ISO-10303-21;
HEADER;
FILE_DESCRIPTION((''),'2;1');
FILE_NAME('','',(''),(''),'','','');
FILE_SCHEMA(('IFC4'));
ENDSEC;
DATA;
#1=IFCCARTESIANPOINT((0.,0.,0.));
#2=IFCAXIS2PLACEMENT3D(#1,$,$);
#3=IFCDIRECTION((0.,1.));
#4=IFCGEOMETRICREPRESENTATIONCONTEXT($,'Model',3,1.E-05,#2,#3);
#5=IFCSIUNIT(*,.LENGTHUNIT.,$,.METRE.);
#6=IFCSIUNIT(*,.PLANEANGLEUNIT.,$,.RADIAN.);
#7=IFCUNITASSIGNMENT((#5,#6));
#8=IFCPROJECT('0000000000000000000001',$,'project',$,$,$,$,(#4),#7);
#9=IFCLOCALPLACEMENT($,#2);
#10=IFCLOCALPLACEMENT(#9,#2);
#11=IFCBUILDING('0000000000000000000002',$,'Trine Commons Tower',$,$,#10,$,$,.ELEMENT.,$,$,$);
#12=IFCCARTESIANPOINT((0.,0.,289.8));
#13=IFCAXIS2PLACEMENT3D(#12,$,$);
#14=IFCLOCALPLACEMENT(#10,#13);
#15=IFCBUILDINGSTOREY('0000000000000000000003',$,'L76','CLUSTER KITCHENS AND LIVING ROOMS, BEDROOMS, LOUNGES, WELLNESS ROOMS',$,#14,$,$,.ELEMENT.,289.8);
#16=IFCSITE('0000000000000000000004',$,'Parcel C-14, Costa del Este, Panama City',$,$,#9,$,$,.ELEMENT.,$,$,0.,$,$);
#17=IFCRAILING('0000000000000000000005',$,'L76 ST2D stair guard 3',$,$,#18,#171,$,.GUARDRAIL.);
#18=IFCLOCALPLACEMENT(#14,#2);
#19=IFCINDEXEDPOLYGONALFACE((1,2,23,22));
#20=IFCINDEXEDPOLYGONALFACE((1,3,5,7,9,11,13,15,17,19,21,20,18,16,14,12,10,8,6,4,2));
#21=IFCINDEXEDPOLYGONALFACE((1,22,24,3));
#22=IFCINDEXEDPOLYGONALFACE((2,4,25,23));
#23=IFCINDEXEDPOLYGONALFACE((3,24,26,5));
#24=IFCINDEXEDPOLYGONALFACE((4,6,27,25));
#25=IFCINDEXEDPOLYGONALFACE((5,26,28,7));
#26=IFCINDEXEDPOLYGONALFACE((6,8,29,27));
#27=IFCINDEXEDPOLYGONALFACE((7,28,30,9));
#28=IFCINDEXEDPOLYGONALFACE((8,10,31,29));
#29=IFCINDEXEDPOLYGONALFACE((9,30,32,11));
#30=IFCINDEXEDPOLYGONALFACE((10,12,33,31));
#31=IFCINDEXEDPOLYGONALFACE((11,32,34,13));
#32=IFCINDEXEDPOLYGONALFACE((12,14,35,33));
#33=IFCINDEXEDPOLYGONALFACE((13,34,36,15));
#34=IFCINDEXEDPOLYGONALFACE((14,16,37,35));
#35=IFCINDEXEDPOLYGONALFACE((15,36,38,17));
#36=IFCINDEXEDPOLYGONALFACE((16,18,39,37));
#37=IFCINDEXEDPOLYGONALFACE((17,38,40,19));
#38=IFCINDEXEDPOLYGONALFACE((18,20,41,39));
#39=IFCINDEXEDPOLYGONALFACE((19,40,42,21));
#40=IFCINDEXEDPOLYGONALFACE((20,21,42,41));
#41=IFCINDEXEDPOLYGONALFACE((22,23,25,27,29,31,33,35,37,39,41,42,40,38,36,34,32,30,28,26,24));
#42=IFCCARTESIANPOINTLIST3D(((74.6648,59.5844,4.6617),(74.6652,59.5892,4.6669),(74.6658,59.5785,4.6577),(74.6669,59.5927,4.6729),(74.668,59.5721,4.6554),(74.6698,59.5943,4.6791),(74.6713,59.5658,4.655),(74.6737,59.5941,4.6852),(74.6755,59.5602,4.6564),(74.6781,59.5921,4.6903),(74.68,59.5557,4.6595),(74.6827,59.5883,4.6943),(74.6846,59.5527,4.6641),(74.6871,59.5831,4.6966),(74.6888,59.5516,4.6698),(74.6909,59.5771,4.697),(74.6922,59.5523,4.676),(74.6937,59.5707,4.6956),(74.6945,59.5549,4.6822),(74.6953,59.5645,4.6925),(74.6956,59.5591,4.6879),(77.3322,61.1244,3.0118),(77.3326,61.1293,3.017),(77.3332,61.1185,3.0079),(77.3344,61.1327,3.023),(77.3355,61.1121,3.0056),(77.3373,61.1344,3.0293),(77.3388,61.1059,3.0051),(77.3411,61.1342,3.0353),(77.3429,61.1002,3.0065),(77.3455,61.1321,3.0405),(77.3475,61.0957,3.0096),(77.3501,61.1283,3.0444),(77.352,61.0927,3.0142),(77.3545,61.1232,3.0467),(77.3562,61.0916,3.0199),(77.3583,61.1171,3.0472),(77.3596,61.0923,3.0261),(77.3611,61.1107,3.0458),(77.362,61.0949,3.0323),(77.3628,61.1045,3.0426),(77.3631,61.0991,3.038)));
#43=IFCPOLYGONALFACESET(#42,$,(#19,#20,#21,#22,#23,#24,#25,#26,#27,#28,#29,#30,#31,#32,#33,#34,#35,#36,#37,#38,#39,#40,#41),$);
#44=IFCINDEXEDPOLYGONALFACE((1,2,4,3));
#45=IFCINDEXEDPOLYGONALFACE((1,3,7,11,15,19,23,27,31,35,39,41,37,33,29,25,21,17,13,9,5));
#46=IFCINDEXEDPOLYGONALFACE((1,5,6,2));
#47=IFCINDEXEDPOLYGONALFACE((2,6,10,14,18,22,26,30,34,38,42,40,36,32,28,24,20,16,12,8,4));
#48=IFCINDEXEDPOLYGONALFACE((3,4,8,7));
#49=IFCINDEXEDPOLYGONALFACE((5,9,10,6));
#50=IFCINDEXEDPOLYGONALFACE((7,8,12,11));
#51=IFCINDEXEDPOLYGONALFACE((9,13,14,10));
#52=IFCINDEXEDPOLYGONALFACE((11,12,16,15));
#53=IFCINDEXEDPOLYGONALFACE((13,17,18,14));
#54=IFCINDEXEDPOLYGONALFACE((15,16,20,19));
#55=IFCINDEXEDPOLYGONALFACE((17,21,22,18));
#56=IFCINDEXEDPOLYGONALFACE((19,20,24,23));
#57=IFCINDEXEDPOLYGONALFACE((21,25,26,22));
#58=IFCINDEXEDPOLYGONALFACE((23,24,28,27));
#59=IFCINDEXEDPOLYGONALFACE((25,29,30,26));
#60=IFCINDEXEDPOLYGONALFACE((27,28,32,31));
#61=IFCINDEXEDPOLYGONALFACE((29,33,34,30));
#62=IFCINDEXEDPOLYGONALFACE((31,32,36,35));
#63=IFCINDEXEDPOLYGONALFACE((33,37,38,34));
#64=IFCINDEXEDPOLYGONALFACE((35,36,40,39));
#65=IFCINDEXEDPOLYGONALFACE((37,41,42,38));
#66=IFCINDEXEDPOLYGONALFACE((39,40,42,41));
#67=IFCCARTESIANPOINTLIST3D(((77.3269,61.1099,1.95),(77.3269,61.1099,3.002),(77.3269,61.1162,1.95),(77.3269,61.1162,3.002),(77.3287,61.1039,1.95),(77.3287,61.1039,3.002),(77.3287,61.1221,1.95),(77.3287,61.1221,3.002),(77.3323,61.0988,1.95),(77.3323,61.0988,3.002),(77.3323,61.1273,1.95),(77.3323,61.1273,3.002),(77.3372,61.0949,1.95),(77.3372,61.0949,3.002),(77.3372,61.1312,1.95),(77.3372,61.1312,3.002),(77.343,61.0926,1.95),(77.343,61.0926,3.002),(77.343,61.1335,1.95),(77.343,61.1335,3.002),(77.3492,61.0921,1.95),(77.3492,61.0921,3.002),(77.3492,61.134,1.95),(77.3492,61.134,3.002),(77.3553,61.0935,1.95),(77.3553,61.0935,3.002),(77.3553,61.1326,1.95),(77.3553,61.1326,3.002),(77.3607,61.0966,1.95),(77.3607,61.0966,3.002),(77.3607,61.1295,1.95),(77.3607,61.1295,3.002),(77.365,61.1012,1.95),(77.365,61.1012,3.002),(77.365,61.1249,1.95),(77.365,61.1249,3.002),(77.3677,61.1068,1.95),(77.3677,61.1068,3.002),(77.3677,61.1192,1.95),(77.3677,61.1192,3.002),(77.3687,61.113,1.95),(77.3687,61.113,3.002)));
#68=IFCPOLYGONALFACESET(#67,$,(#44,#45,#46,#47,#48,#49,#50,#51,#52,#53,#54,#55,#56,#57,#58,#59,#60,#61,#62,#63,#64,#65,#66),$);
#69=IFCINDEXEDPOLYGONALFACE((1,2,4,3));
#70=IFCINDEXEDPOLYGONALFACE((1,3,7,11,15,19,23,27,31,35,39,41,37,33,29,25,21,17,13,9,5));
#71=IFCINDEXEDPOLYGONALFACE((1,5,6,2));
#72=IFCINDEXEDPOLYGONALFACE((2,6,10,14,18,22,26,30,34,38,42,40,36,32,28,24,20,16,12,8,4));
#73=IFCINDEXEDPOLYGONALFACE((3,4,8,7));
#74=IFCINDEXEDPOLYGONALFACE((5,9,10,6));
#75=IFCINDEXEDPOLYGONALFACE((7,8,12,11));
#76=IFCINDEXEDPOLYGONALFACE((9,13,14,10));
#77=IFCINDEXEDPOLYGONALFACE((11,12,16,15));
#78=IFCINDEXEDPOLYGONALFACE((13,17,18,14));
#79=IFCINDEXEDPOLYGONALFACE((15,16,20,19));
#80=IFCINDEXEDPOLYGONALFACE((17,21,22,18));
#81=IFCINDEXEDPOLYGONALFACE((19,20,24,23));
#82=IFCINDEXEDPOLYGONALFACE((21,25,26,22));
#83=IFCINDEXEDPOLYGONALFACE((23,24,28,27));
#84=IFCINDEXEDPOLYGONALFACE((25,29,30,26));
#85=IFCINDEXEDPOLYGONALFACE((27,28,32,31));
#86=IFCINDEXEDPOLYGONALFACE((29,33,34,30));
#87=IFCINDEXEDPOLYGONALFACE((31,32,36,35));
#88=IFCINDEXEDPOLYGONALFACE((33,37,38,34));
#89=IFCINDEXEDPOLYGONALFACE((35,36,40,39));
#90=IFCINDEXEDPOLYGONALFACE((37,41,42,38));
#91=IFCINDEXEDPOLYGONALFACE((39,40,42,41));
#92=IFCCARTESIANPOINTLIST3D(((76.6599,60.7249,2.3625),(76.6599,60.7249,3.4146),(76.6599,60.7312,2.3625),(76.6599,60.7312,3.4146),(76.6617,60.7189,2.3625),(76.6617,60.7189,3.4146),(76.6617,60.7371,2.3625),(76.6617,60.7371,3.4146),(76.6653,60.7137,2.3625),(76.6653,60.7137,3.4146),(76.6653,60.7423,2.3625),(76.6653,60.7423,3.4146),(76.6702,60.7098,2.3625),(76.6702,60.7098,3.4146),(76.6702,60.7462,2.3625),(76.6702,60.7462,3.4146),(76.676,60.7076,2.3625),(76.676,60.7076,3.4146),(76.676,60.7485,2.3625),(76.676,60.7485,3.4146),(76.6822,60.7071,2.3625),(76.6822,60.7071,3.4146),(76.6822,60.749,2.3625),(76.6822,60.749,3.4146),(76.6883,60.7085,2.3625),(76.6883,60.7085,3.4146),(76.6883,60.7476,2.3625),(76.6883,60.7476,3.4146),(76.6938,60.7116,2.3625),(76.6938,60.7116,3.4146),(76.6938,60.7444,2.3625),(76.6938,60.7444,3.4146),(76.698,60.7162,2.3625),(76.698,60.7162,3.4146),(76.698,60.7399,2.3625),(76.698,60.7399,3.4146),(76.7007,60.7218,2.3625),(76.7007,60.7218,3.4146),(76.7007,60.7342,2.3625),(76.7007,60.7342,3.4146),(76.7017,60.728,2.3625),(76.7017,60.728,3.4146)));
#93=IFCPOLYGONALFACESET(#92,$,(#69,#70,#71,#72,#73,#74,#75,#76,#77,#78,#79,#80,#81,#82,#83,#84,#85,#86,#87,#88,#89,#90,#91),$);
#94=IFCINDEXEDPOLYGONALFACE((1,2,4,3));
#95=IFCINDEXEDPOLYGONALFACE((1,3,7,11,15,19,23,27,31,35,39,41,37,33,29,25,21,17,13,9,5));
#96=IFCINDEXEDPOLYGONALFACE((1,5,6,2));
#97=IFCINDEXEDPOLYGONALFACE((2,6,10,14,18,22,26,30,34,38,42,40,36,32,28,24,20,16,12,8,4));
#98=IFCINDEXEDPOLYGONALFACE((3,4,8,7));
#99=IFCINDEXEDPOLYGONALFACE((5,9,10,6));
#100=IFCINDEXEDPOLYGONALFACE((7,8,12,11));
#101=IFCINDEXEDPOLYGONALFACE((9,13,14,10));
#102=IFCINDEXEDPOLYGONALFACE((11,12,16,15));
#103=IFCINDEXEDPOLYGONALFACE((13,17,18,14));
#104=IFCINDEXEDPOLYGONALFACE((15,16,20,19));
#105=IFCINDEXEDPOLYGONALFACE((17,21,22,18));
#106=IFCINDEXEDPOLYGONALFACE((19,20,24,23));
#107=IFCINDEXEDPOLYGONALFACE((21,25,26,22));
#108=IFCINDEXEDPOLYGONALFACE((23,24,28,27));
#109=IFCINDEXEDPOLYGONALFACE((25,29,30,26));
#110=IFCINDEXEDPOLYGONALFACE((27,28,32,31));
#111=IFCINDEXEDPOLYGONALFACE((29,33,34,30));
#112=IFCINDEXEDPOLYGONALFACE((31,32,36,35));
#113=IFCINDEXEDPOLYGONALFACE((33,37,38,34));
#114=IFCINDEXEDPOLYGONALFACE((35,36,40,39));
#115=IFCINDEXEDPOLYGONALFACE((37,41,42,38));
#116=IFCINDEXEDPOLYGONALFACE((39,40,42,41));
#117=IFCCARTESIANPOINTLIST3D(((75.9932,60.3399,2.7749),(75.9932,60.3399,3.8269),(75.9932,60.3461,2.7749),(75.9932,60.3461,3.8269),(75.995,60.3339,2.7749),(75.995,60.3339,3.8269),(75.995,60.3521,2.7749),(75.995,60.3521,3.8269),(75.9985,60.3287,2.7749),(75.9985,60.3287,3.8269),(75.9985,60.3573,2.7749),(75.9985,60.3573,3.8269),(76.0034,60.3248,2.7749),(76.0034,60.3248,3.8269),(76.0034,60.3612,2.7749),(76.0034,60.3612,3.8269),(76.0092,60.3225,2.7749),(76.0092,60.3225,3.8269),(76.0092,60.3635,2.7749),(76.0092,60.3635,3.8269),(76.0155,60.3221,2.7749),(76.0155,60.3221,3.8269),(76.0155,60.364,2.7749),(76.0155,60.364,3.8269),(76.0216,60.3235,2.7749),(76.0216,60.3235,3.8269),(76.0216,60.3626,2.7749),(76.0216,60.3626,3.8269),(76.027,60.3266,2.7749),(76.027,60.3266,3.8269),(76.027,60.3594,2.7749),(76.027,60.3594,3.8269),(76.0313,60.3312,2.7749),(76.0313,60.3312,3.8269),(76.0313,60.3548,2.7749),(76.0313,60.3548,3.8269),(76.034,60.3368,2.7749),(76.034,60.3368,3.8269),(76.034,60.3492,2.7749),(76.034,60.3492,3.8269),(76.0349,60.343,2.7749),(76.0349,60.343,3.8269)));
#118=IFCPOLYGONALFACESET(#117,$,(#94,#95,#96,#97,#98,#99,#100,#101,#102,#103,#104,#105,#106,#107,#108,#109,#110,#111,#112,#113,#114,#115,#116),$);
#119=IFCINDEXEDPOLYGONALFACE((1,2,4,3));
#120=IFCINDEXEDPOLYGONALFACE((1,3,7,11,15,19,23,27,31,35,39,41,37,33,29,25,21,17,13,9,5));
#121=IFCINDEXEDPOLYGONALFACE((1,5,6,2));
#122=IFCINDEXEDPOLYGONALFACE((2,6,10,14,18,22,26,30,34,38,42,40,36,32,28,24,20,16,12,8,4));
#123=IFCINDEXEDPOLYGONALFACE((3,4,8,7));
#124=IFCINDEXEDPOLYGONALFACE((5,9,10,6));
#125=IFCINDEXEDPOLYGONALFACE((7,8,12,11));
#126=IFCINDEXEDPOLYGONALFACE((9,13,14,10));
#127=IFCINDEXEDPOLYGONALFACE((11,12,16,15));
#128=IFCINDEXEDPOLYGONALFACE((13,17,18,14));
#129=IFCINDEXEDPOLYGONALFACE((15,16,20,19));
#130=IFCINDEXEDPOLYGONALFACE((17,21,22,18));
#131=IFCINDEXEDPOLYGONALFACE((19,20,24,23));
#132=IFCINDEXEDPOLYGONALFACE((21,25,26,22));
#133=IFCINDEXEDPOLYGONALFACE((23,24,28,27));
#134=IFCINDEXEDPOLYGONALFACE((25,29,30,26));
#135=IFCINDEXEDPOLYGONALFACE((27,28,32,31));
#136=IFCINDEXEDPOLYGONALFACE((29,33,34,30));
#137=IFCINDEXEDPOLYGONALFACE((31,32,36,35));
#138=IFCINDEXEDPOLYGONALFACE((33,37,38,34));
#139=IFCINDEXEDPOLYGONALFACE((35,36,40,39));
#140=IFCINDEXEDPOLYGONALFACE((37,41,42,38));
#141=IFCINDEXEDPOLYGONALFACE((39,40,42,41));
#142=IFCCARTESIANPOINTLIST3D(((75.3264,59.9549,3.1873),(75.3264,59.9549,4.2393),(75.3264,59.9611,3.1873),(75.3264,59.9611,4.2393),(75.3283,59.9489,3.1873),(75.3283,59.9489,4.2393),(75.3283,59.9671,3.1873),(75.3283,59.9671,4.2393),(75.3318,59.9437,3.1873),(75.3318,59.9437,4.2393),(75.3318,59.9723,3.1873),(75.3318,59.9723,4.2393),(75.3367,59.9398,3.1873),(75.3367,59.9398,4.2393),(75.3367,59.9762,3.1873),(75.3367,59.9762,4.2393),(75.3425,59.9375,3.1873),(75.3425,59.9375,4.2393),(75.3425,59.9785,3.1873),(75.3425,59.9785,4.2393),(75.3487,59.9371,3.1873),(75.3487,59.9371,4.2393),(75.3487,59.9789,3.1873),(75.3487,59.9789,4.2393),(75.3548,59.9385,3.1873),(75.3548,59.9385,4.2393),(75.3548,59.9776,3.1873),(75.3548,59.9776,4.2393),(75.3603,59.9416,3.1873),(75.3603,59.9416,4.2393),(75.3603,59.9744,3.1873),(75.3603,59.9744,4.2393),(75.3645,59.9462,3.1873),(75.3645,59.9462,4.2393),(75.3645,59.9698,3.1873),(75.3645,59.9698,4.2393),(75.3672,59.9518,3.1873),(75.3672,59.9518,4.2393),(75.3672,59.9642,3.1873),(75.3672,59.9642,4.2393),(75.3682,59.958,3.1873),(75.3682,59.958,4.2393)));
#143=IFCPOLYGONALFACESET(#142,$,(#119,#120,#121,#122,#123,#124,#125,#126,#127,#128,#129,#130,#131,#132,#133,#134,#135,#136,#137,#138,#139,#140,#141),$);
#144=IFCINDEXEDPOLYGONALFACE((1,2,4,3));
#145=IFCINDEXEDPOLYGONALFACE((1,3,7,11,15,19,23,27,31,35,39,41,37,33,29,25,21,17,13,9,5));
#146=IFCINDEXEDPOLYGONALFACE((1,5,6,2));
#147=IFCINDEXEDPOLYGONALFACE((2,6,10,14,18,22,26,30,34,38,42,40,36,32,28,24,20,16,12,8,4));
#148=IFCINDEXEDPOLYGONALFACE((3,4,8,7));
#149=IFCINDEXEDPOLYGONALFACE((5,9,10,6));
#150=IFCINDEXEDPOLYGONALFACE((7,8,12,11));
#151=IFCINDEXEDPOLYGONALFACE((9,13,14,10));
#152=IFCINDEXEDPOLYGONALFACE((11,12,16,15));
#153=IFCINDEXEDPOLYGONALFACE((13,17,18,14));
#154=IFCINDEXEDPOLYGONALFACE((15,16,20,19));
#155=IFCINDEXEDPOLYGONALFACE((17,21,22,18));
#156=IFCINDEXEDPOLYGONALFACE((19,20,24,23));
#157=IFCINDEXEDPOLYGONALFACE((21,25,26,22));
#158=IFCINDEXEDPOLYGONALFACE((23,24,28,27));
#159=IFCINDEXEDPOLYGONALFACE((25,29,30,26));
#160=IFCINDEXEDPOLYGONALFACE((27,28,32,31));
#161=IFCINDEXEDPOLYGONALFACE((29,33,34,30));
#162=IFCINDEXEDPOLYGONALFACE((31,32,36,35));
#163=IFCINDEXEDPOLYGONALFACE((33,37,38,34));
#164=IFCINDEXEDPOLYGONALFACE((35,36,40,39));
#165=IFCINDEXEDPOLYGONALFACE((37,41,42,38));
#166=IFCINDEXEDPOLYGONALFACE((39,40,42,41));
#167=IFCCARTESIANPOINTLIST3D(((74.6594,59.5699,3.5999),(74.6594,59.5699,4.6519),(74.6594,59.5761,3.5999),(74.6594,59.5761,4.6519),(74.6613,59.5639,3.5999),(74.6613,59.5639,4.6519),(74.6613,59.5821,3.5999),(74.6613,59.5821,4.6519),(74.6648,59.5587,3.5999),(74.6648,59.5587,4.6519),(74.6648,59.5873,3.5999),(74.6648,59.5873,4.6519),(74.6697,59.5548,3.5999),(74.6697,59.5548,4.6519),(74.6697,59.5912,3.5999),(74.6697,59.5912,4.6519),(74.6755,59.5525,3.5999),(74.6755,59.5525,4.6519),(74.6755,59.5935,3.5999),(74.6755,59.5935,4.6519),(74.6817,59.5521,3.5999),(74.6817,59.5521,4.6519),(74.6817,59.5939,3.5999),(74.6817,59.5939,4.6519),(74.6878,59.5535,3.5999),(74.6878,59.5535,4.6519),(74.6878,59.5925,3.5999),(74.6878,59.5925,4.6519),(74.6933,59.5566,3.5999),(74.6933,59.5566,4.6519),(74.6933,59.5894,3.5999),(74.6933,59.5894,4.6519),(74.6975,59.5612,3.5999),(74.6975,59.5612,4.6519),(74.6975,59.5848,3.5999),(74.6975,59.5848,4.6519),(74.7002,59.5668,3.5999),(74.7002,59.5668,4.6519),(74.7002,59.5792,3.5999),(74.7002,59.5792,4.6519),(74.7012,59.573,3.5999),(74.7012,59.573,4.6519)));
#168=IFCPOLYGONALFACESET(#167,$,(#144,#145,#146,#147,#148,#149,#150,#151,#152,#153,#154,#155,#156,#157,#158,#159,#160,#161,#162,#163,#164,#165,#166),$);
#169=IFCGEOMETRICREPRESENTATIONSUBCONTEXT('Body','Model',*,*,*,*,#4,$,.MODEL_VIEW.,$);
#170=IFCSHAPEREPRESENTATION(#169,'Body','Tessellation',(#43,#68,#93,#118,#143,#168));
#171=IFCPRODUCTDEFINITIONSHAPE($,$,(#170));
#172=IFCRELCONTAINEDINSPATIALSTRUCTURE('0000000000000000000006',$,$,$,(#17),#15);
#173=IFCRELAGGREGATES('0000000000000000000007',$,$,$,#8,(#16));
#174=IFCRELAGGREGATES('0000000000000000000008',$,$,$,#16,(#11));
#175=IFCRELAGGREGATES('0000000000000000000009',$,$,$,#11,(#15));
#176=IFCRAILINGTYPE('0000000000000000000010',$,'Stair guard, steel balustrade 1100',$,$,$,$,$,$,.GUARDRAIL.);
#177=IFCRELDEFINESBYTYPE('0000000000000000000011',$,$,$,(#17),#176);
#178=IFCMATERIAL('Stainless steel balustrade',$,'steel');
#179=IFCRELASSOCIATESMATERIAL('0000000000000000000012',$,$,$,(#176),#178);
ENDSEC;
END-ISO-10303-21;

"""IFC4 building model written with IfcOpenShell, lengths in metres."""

from ifc_helpers import new_model, si_unit, direction, frame, origin, origin_2d, place, context, subcontext, project, spatial, circle, extrude, material, type_object, element, save


model = new_model("IFC4")

# Units and contexts
model_context = context("Model", 3, precision=1e-05, world=origin(), true_north=direction((0.0, 1.0)))
body_context = subcontext(model_context, "Body", "Model", "MODEL_VIEW")
ifc_project = project(units=[si_unit("LENGTHUNIT", "METRE"), si_unit("PLANEANGLEUNIT", "RADIAN")], contexts=[model_context])

# Site, building, storey
site_placement = place(None, origin())
site = spatial("IfcSite", under=ifc_project, at=site_placement, Name="Parcel C-14, Costa del Este, Panama City", CompositionType="ELEMENT", RefElevation=0.0)
building_placement = place(site_placement, origin())
building = spatial("IfcBuilding", under=site, at=building_placement, Name="Trine Commons Tower", CompositionType="ELEMENT")
storey_placement = place(building_placement, frame((0.0, 0.0, 289.8)))
storey = spatial("IfcBuildingStorey", under=building, at=storey_placement, Name="L76", Description="CLUSTER KITCHENS AND LIVING ROOMS, BEDROOMS, LOUNGES, WELLNESS ROOMS", CompositionType="ELEMENT", Elevation=289.8)

# Railing
ifc_material_1 = material(Name="Stainless steel balustrade", Category="steel")
railing_type_1 = type_object("IfcRailingType", Name="Stair guard, steel balustrade 1100", PredefinedType="GUARDRAIL", material=ifc_material_1)
railing_1_placement = place(storey_placement, frame((77.3477, 61.113, 1.95)))
element("IfcRailing", 1, at=railing_1_placement, inside=storey, type_object=railing_type_1, Name="L76 ST2D stair guard 3", PredefinedType="GUARDRAIL", context=body_context, shape_type="SweptSolid", body=[
    extrude(circle(Radius=0.0239, at=origin_2d()), frame((0.0, 0.0, 1.0762), z_axis=(-0.763405, -0.440743, 0.472185), x_axis=(0.499992, -0.86603, 0.0)), (0.0, 0.0, 1.0), 3.4941),
    extrude(circle(Radius=0.021, at=origin_2d()), origin(), (0.0, 0.0, 1.0), 1.052),
    extrude(circle(Radius=0.021, at=origin_2d()), frame((-0.667, -0.385, 0.4126)), (0.0, 0.0, 1.0), 1.052),
    extrude(circle(Radius=0.021, at=origin_2d()), frame((-1.3337, -0.77, 0.825)), (0.0, 0.0, 1.0), 1.052),
    extrude(circle(Radius=0.021, at=origin_2d()), frame((-2.0005, -1.155, 1.2373)), (0.0, 0.0, 1.0), 1.052),
    extrude(circle(Radius=0.021, at=origin_2d()), frame((-2.6675, -1.54, 1.6499)), (0.0, 0.0, 1.0), 1.052),
])

save(model, "model.ifc")
